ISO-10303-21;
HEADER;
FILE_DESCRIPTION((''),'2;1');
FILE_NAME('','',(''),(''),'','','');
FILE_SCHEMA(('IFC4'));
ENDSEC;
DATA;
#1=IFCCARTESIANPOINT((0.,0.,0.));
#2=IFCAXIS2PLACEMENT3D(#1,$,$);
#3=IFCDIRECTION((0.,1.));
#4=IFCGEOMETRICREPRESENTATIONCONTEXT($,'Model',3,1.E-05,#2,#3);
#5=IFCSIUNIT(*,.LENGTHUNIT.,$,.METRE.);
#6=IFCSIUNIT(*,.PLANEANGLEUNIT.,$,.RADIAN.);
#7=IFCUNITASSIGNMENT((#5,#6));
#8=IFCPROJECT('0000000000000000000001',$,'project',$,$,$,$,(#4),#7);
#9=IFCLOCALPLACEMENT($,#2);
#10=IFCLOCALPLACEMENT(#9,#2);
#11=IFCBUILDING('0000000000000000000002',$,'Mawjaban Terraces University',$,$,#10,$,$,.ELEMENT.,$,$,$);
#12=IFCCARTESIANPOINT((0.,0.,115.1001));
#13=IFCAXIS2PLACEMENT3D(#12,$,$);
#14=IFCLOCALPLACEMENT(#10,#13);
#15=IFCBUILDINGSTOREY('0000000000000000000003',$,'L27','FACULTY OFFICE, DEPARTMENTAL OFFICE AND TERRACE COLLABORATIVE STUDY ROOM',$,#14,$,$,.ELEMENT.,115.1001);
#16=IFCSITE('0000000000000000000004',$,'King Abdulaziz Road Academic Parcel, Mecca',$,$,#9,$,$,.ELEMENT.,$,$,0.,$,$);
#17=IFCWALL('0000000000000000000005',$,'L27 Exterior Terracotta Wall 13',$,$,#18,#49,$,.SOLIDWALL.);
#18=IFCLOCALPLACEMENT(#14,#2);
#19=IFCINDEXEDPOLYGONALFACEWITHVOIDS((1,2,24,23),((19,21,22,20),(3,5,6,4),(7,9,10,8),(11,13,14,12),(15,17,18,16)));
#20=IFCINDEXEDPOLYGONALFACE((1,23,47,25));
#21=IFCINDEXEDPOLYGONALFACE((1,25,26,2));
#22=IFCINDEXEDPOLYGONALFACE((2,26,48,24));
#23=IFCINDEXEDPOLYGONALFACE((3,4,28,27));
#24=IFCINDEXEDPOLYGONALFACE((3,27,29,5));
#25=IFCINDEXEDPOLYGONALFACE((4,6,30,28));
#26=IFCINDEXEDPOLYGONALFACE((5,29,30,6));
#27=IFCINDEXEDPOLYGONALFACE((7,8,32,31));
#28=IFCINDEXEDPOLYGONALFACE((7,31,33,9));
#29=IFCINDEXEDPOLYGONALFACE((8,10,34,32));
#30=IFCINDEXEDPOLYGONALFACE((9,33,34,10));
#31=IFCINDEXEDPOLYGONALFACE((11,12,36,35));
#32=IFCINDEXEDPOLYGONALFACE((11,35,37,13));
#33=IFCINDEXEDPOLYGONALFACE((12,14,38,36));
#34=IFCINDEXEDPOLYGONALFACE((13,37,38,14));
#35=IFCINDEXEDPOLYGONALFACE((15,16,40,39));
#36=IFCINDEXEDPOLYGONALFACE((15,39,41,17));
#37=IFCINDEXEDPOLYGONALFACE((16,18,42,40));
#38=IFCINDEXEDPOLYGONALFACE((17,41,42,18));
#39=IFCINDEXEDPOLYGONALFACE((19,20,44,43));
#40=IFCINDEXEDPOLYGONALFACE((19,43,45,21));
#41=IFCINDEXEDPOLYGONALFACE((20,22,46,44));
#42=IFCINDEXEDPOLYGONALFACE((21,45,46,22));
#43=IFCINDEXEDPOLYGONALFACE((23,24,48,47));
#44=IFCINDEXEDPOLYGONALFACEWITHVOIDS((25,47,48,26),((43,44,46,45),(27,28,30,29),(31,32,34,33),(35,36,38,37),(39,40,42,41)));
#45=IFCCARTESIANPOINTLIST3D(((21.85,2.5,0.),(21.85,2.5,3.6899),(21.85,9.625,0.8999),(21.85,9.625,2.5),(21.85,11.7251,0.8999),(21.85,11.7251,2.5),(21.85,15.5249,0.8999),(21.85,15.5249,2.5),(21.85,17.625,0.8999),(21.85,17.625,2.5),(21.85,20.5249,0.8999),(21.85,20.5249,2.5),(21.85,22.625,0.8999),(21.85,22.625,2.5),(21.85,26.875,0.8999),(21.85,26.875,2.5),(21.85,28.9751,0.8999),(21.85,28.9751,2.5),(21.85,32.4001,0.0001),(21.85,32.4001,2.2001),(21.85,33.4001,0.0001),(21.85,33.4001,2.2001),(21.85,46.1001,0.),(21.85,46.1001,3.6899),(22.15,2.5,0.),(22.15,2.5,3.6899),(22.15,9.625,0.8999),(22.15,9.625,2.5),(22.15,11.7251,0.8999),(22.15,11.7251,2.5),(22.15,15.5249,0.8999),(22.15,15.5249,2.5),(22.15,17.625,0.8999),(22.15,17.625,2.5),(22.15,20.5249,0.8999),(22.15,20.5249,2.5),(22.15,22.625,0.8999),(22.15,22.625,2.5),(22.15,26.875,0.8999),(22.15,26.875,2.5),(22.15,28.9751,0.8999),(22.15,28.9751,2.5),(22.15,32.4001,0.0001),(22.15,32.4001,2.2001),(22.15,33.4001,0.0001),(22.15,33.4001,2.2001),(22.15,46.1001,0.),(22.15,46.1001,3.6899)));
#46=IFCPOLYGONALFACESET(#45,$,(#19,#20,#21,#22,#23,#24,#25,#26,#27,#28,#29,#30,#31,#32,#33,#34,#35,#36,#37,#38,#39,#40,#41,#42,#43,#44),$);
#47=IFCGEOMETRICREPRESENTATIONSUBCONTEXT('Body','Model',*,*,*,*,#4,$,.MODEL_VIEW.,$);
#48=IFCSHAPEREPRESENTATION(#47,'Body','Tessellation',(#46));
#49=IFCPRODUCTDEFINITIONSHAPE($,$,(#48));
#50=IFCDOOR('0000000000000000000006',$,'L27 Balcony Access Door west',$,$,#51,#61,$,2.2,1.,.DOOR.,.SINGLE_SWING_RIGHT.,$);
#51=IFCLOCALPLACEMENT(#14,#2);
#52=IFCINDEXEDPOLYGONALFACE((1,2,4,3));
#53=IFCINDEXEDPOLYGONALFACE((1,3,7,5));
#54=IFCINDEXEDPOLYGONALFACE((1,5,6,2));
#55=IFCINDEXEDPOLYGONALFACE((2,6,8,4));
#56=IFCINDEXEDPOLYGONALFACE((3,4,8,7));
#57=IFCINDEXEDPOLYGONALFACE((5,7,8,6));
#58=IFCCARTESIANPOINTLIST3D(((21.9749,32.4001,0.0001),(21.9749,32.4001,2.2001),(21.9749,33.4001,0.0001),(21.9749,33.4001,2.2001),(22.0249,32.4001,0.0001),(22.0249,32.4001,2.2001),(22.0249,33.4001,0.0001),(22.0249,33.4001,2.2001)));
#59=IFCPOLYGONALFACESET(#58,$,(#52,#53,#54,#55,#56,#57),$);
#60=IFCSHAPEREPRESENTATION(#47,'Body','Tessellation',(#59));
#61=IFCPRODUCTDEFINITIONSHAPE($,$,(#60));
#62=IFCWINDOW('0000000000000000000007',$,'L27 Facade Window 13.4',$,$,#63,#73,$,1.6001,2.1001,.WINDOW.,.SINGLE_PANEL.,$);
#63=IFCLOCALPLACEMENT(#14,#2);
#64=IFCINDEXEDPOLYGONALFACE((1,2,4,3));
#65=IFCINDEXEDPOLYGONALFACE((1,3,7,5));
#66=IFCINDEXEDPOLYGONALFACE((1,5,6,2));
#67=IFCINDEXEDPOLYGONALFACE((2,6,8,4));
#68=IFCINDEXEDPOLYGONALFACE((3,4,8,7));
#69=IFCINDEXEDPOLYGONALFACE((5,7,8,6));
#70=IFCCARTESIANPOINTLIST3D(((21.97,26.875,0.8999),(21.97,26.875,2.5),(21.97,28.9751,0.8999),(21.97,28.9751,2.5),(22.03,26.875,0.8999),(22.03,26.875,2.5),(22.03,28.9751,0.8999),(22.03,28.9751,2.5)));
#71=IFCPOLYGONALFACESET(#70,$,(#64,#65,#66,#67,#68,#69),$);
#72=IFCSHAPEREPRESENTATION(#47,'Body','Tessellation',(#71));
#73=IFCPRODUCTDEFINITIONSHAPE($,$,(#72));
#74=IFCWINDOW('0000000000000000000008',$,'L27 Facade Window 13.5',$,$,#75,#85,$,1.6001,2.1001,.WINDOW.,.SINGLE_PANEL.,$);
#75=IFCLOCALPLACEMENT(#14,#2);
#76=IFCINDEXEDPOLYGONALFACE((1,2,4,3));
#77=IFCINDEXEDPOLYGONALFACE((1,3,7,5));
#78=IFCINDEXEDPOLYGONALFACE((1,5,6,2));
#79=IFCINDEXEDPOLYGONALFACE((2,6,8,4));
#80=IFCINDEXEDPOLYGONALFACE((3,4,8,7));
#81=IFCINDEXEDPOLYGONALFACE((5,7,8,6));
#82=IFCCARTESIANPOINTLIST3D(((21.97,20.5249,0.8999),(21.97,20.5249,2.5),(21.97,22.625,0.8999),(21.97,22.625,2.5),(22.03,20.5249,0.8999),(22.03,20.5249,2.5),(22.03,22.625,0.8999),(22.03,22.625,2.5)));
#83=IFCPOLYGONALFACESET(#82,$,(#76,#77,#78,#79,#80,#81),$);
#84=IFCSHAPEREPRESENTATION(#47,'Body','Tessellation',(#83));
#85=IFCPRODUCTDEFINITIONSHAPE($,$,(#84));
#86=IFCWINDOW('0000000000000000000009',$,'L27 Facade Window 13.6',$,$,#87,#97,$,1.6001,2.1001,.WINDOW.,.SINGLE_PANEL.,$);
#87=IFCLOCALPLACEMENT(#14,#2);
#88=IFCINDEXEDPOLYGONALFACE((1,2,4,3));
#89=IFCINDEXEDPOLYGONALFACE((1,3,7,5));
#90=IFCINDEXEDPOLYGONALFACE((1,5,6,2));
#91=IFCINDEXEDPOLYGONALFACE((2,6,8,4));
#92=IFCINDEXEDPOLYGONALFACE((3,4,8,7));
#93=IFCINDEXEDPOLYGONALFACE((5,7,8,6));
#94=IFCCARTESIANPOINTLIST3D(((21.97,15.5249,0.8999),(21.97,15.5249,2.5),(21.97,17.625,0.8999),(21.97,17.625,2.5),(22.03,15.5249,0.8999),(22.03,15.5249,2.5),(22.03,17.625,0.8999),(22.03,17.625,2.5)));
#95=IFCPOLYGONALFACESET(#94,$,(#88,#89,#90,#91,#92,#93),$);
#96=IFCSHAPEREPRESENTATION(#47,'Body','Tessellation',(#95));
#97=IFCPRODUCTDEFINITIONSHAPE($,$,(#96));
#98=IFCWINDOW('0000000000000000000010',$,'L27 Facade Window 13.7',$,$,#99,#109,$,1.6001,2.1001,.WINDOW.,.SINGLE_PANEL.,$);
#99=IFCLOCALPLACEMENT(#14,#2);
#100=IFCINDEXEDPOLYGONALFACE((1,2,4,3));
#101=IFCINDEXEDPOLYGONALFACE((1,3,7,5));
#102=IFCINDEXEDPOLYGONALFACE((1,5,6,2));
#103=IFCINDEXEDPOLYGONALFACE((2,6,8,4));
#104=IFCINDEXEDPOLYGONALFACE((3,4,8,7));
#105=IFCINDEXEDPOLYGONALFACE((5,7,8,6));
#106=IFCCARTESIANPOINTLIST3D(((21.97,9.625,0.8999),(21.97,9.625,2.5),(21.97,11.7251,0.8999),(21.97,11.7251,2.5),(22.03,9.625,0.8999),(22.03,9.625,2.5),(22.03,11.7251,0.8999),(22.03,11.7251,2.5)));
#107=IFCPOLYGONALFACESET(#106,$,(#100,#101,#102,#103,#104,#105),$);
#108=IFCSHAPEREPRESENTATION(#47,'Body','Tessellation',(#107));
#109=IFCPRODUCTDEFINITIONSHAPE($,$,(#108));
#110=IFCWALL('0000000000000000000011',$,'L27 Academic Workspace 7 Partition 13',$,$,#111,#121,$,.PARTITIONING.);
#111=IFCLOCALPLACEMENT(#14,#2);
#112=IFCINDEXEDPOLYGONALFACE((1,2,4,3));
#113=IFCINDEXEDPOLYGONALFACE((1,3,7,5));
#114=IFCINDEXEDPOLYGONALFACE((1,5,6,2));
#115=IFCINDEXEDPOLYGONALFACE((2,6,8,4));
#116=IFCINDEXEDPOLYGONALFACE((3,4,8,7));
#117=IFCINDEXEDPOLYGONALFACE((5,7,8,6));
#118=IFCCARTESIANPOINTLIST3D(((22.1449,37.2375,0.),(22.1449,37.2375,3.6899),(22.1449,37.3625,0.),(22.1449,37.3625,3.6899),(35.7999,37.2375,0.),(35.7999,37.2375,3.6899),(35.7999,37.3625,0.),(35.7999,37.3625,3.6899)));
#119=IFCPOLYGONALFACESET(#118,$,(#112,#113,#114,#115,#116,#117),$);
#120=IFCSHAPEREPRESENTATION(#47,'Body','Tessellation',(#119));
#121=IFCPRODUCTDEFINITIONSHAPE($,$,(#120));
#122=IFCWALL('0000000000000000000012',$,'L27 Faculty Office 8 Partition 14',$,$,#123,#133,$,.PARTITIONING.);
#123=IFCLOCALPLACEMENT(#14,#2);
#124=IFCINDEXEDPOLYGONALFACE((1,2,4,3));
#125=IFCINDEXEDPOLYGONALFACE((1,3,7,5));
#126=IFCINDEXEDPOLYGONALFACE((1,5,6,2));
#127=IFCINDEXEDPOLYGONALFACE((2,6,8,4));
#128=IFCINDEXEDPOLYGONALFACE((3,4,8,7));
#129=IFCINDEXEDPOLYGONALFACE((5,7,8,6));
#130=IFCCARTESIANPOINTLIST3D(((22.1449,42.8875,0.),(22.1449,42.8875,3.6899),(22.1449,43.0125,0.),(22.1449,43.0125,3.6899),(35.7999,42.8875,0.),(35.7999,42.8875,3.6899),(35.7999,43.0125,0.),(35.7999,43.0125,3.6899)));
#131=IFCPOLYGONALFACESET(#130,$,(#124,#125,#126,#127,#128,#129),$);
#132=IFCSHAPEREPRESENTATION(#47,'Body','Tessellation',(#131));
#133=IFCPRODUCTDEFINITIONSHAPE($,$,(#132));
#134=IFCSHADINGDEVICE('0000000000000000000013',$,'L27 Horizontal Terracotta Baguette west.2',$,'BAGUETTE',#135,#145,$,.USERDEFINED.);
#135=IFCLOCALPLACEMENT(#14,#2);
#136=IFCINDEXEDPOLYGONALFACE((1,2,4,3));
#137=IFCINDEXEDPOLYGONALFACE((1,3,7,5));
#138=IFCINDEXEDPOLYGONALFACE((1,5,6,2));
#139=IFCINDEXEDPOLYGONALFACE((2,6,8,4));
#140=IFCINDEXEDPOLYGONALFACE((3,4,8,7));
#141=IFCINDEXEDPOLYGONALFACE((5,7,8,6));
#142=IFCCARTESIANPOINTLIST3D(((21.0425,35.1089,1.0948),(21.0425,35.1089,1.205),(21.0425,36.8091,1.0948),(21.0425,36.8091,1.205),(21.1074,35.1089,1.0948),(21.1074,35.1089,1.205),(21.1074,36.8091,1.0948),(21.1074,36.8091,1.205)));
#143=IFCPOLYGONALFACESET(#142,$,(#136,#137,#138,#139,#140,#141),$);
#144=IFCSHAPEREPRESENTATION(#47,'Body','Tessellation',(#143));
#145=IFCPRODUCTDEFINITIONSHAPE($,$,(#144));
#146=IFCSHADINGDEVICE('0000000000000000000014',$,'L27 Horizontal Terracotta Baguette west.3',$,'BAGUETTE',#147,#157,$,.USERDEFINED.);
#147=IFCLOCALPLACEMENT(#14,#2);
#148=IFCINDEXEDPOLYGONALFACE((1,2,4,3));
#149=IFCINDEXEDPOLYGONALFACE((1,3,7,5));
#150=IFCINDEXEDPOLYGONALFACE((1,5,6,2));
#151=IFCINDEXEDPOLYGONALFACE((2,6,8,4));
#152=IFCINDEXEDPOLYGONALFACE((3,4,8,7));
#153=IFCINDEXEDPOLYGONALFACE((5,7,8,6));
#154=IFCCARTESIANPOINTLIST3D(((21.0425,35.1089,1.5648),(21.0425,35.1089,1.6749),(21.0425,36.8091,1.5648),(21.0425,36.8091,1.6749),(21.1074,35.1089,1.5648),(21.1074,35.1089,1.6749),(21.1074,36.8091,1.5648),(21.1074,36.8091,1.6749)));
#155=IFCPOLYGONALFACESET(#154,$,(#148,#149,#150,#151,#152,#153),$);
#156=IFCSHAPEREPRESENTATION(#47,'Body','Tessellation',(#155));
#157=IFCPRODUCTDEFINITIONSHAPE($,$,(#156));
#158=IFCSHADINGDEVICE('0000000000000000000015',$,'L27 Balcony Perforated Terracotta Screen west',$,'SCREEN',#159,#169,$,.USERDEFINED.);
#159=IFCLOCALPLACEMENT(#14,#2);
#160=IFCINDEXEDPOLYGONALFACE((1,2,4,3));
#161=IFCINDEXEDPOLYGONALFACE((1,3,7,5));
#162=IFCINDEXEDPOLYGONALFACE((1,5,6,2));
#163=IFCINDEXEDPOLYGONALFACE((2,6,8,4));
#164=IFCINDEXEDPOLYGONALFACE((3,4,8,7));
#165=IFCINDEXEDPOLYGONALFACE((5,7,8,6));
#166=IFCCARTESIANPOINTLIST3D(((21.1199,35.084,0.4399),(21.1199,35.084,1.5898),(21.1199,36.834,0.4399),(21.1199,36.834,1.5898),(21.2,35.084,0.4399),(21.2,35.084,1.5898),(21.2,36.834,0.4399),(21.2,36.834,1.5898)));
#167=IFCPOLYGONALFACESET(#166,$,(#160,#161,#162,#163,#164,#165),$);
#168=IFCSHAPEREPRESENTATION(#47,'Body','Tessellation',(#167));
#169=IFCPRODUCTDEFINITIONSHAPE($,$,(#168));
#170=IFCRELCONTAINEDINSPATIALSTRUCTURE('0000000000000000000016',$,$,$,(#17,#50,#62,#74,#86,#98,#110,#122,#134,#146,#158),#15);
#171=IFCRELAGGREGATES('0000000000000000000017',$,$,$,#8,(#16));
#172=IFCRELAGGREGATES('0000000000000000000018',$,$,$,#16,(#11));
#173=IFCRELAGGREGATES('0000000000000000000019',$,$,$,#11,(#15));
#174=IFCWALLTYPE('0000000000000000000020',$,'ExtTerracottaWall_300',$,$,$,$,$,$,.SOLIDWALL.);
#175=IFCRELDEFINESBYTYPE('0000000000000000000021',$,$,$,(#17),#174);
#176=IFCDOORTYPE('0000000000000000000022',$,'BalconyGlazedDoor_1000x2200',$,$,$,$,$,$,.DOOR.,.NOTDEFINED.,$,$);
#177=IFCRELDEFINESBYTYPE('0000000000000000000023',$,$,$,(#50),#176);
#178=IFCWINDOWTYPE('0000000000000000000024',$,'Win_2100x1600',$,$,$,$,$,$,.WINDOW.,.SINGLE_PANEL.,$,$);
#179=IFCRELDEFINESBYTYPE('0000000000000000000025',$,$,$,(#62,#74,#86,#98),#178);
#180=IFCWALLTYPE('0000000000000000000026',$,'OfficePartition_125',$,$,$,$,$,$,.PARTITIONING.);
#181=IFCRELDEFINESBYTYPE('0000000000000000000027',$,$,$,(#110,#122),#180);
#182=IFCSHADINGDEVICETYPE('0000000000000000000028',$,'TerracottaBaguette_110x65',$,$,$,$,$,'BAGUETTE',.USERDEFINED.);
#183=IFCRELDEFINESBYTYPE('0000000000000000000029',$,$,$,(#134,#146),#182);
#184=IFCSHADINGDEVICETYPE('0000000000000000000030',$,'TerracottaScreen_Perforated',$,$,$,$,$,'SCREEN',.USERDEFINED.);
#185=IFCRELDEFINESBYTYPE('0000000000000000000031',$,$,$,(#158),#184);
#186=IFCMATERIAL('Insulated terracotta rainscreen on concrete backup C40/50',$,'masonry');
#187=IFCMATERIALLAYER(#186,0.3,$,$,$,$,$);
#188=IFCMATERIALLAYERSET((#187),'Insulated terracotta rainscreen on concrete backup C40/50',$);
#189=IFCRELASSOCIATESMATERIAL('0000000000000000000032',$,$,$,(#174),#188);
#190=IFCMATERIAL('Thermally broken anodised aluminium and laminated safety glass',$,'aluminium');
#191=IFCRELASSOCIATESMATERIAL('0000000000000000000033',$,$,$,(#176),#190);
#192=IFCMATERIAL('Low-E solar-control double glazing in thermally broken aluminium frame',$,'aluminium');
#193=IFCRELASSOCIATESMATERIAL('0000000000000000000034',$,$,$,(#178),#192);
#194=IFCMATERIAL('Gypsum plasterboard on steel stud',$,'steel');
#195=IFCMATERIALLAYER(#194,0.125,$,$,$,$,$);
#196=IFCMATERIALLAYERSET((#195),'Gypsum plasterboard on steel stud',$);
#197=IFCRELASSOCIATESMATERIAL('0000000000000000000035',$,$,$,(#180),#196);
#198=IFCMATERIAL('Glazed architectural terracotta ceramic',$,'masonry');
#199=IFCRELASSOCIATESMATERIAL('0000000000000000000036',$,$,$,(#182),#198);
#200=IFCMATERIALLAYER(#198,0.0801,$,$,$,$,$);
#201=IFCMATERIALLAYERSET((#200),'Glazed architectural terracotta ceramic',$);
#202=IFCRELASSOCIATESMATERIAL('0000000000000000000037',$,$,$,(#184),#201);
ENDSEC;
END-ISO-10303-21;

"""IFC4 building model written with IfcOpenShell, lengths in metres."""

from ifc_helpers import new_model, si_unit, direction, frame, frame_2d, origin, origin_2d, place, context, subcontext, project, spatial, rectangle, extrude, material, layer, layer_set, material_profile, profile_set, type_object, element, fill, save


model = new_model("IFC4")

# Units and contexts
model_context = context("Model", 3, precision=1e-05, world=origin(), true_north=direction((0.0, 1.0)))
body_context = subcontext(model_context, "Body", "Model", "MODEL_VIEW")
ifc_project = project(units=[si_unit("LENGTHUNIT", "METRE"), si_unit("PLANEANGLEUNIT", "RADIAN")], contexts=[model_context])

# Site, building, storey
site_placement = place(None, origin())
site = spatial("IfcSite", under=ifc_project, at=site_placement, Name="King Abdulaziz Road Academic Parcel, Mecca", CompositionType="ELEMENT", RefElevation=0.0)
building_placement = place(site_placement, origin())
building = spatial("IfcBuilding", under=site, at=building_placement, Name="Mawjaban Terraces University", CompositionType="ELEMENT")
storey_placement = place(building_placement, frame((0.0, 0.0, 115.1001)))
storey = spatial("IfcBuildingStorey", under=building, at=storey_placement, Name="L27", Description="FACULTY OFFICE, DEPARTMENTAL OFFICE AND TERRACE COLLABORATIVE STUDY ROOM", CompositionType="ELEMENT", Elevation=115.1001)

# Shared definitions
ifc_material_1 = material(Name="Insulated terracotta rainscreen on concrete backup C40/50", Category="masonry")
ifc_layer_1 = layer(ifc_material_1, 0.3)
ifc_layer_set_1 = layer_set([ifc_layer_1], Name="Insulated terracotta rainscreen on concrete backup C40/50")
wall_type_1 = type_object("IfcWallType", Name="ExtTerracottaWall_300", PredefinedType="SOLIDWALL", material=ifc_layer_set_1)
ifc_material_2 = material(Name="Low-E solar-control double glazing in thermally broken aluminium frame", Category="aluminium")

# Wall, openings, door, windows
wall_1_placement = place(storey_placement, frame((22.0, 46.1001, 0.0), z_axis=(0.0, 0.0, 1.0), x_axis=(0.0, -1.0, 0.0)))
wall_1 = element("IfcWall", 1, at=wall_1_placement, inside=storey, type_object=wall_type_1, Name="L27 Exterior Terracotta Wall 13", PredefinedType="SOLIDWALL", context=body_context, shape_type="SweptSolid", body=[
    extrude(rectangle(XDim=43.6001, YDim=0.3, at=frame_2d((21.8, 0.0))), origin(), (0.0, 0.0, 1.0), 3.6899),
])
opening_1_placement = place(wall_1_placement, frame((12.7, 0.0, 0.0)))
opening_1 = element("IfcOpeningElement", 2, at=opening_1_placement, cuts=wall_1, PredefinedType="OPENING", context=body_context, shape_type="SweptSolid", body=[
    extrude(rectangle(XDim=1.0, YDim=2.2, at=frame_2d((0.5, 1.1001))), frame((0.0, 0.1599, 0.0), z_axis=(0.0, -1.0, 0.0), x_axis=(1.0, 0.0, 0.0)), (0.0, 0.0, 1.0), 0.3201),
])
opening_2_placement = place(wall_1_placement, frame((17.125, 0.0, 0.8999)))
opening_2 = element("IfcOpeningElement", 3, at=opening_2_placement, cuts=wall_1, PredefinedType="OPENING", context=body_context, shape_type="SweptSolid", body=[
    extrude(rectangle(XDim=2.1001, YDim=1.6001, at=frame_2d((1.05, 0.8))), frame((0.0, 0.1599, 0.0), z_axis=(0.0, -1.0, 0.0), x_axis=(1.0, 0.0, 0.0)), (0.0, 0.0, 1.0), 0.3201),
])
opening_3_placement = place(wall_1_placement, frame((23.4751, 0.0, 0.8999)))
opening_3 = element("IfcOpeningElement", 4, at=opening_3_placement, cuts=wall_1, PredefinedType="OPENING", context=body_context, shape_type="SweptSolid", body=[
    extrude(rectangle(XDim=2.1001, YDim=1.6001, at=frame_2d((1.05, 0.8))), frame((0.0, 0.1599, 0.0), z_axis=(0.0, -1.0, 0.0), x_axis=(1.0, 0.0, 0.0)), (0.0, 0.0, 1.0), 0.3201),
])
opening_4_placement = place(wall_1_placement, frame((28.4751, 0.0, 0.8999)))
opening_4 = element("IfcOpeningElement", 5, at=opening_4_placement, cuts=wall_1, PredefinedType="OPENING", context=body_context, shape_type="SweptSolid", body=[
    extrude(rectangle(XDim=2.1001, YDim=1.6001, at=frame_2d((1.05, 0.8))), frame((0.0, 0.1599, 0.0), z_axis=(0.0, -1.0, 0.0), x_axis=(1.0, 0.0, 0.0)), (0.0, 0.0, 1.0), 0.3201),
])
opening_5_placement = place(wall_1_placement, frame((34.375, 0.0, 0.8999)))
opening_5 = element("IfcOpeningElement", 6, at=opening_5_placement, cuts=wall_1, PredefinedType="OPENING", context=body_context, shape_type="SweptSolid", body=[
    extrude(rectangle(XDim=2.1001, YDim=1.6001, at=frame_2d((1.05, 0.8))), frame((0.0, 0.1599, 0.0), z_axis=(0.0, -1.0, 0.0), x_axis=(1.0, 0.0, 0.0)), (0.0, 0.0, 1.0), 0.3201),
])
ifc_material_3 = material(Name="Thermally broken anodised aluminium and laminated safety glass", Category="aluminium")
door_type_1 = type_object("IfcDoorType", Name="BalconyGlazedDoor_1000x2200", OperationType="NOTDEFINED", PredefinedType="DOOR", material=ifc_material_3)
door_1_placement = place(opening_1_placement, origin())
door_1 = element("IfcDoor", 7, at=door_1_placement, inside=storey, type_object=door_type_1, Name="L27 Balcony Access Door west", OperationType="SINGLE_SWING_RIGHT", OverallHeight=2.2, OverallWidth=1.0, PredefinedType="DOOR", context=body_context, shape_type="SweptSolid", body=[
    extrude(rectangle(XDim=1.0, YDim=2.2, at=frame_2d((0.5, 1.1001))), frame((0.0, 0.0249, 0.0), z_axis=(0.0, -1.0, 0.0), x_axis=(1.0, 0.0, 0.0)), (0.0, 0.0, 1.0), 0.05),
])
fill(opening_1, door_1)
window_type_1 = type_object("IfcWindowType", Name="Win_2100x1600", PartitioningType="SINGLE_PANEL", PredefinedType="WINDOW", material=ifc_material_2)
window_1_placement = place(opening_2_placement, origin())
window_1 = element("IfcWindow", 8, at=window_1_placement, inside=storey, type_object=window_type_1, Name="L27 Facade Window 13.4", OverallHeight=1.6001, OverallWidth=2.1001, PartitioningType="SINGLE_PANEL", PredefinedType="WINDOW", context=body_context, shape_type="SweptSolid", body=[
    extrude(rectangle(XDim=2.1001, YDim=1.6001, at=frame_2d((1.05, 0.8))), frame((0.0, 0.03, 0.0), z_axis=(0.0, -1.0, 0.0), x_axis=(1.0, 0.0, 0.0)), (0.0, 0.0, 1.0), 0.0601),
])
fill(opening_2, window_1)
window_2_placement = place(opening_3_placement, origin())
window_2 = element("IfcWindow", 9, at=window_2_placement, inside=storey, type_object=window_type_1, Name="L27 Facade Window 13.5", OverallHeight=1.6001, OverallWidth=2.1001, PartitioningType="SINGLE_PANEL", PredefinedType="WINDOW", context=body_context, shape_type="SweptSolid", body=[
    extrude(rectangle(XDim=2.1001, YDim=1.6001, at=frame_2d((1.05, 0.8))), frame((0.0, 0.03, 0.0), z_axis=(0.0, -1.0, 0.0), x_axis=(1.0, 0.0, 0.0)), (0.0, 0.0, 1.0), 0.0601),
])
fill(opening_3, window_2)
window_3_placement = place(opening_4_placement, origin())
window_3 = element("IfcWindow", 10, at=window_3_placement, inside=storey, type_object=window_type_1, Name="L27 Facade Window 13.6", OverallHeight=1.6001, OverallWidth=2.1001, PartitioningType="SINGLE_PANEL", PredefinedType="WINDOW", context=body_context, shape_type="SweptSolid", body=[
    extrude(rectangle(XDim=2.1001, YDim=1.6001, at=frame_2d((1.05, 0.8))), frame((0.0, 0.03, 0.0), z_axis=(0.0, -1.0, 0.0), x_axis=(1.0, 0.0, 0.0)), (0.0, 0.0, 1.0), 0.0601),
])
fill(opening_4, window_3)
window_4_placement = place(opening_5_placement, origin())
window_4 = element("IfcWindow", 11, at=window_4_placement, inside=storey, type_object=window_type_1, Name="L27 Facade Window 13.7", OverallHeight=1.6001, OverallWidth=2.1001, PartitioningType="SINGLE_PANEL", PredefinedType="WINDOW", context=body_context, shape_type="SweptSolid", body=[
    extrude(rectangle(XDim=2.1001, YDim=1.6001, at=frame_2d((1.05, 0.8))), frame((0.0, 0.03, 0.0), z_axis=(0.0, -1.0, 0.0), x_axis=(1.0, 0.0, 0.0)), (0.0, 0.0, 1.0), 0.0601),
])
fill(opening_5, window_4)

# Walls
ifc_material_4 = material(Name="Gypsum plasterboard on steel stud", Category="steel")
ifc_layer_2 = layer(ifc_material_4, 0.125)
ifc_layer_set_2 = layer_set([ifc_layer_2], Name="Gypsum plasterboard on steel stud")
wall_type_2 = type_object("IfcWallType", Name="OfficePartition_125", PredefinedType="PARTITIONING", material=ifc_layer_set_2)
for number, where, z_axis, x_axis, name in (
    (12, (35.8, 37.3, 0.0), (0.0, 0.0, 1.0), (-1.0, 0.0, 0.0), "L27 Academic Workspace 7 Partition 13"),
    (13, (35.8, 42.95, 0.0), (0.0, 0.0, 1.0), (-1.0, 0.0, 0.0), "L27 Faculty Office 8 Partition 14"),
):
    element("IfcWall", number, at=place(storey_placement, frame(where, z_axis=z_axis, x_axis=x_axis)), inside=storey, type_object=wall_type_2, Name=name, PredefinedType="PARTITIONING", context=body_context, shape_type="SweptSolid", body=[
        extrude(rectangle(XDim=13.655, YDim=0.125, at=frame_2d((6.8276, 0.0))), origin(), (0.0, 0.0, 1.0), 3.6899),
    ])

# Shading devices
ifc_material_5 = material(Name="Glazed architectural terracotta ceramic", Category="masonry")
ifc_material_profile_1 = material_profile(ifc_material_5, rectangle(XDim=0.0649, YDim=0.1101, at=origin_2d()), Name="TBAG110X65")
ifc_profile_set_1 = profile_set([ifc_material_profile_1], Name="Glazed architectural terracotta ceramic")
shading_device_type_1 = type_object("IfcShadingDeviceType", Name="TerracottaBaguette_110x65", ElementType="BAGUETTE", PredefinedType="USERDEFINED", material=ifc_profile_set_1)
for number, where, z_axis, x_axis, name in (
    (14, (21.075, 35.1089, 1.1499), (0.0, 1.0, 0.0), (-1.0, 0.0, 0.0), "L27 Horizontal Terracotta Baguette west.2"),
    (15, (21.075, 35.1089, 1.6199), (0.0, 1.0, 0.0), (-1.0, 0.0, 0.0), "L27 Horizontal Terracotta Baguette west.3"),
):
    element("IfcShadingDevice", number, at=place(storey_placement, frame(where, z_axis=z_axis, x_axis=x_axis)), inside=storey, type_object=shading_device_type_1, Name=name, ObjectType="BAGUETTE", PredefinedType="USERDEFINED", context=body_context, shape_type="SweptSolid", body=[
        extrude(rectangle(XDim=0.0649, YDim=0.1101, at=origin_2d()), origin(), (0.0, 0.0, 1.0), 1.7002),
    ])
ifc_layer_3 = layer(ifc_material_5, 0.0801)
ifc_layer_set_3 = layer_set([ifc_layer_3], Name="Glazed architectural terracotta ceramic")
shading_device_type_2 = type_object("IfcShadingDeviceType", Name="TerracottaScreen_Perforated", ElementType="SCREEN", PredefinedType="USERDEFINED", material=ifc_layer_set_3)
shading_device_placement = place(storey_placement, frame((21.1599, 35.959, 0.4399), z_axis=(0.0, 0.0, 1.0), x_axis=(0.0, 1.0, 0.0)))
element("IfcShadingDevice", 16, at=shading_device_placement, inside=storey, type_object=shading_device_type_2, Name="L27 Balcony Perforated Terracotta Screen west", ObjectType="SCREEN", PredefinedType="USERDEFINED", context=body_context, shape_type="SweptSolid", body=[
    extrude(rectangle(XDim=1.75, YDim=0.0801, at=origin_2d()), origin(), (0.0, 0.0, 1.0), 1.1499),
])

save(model, "model.ifc")
